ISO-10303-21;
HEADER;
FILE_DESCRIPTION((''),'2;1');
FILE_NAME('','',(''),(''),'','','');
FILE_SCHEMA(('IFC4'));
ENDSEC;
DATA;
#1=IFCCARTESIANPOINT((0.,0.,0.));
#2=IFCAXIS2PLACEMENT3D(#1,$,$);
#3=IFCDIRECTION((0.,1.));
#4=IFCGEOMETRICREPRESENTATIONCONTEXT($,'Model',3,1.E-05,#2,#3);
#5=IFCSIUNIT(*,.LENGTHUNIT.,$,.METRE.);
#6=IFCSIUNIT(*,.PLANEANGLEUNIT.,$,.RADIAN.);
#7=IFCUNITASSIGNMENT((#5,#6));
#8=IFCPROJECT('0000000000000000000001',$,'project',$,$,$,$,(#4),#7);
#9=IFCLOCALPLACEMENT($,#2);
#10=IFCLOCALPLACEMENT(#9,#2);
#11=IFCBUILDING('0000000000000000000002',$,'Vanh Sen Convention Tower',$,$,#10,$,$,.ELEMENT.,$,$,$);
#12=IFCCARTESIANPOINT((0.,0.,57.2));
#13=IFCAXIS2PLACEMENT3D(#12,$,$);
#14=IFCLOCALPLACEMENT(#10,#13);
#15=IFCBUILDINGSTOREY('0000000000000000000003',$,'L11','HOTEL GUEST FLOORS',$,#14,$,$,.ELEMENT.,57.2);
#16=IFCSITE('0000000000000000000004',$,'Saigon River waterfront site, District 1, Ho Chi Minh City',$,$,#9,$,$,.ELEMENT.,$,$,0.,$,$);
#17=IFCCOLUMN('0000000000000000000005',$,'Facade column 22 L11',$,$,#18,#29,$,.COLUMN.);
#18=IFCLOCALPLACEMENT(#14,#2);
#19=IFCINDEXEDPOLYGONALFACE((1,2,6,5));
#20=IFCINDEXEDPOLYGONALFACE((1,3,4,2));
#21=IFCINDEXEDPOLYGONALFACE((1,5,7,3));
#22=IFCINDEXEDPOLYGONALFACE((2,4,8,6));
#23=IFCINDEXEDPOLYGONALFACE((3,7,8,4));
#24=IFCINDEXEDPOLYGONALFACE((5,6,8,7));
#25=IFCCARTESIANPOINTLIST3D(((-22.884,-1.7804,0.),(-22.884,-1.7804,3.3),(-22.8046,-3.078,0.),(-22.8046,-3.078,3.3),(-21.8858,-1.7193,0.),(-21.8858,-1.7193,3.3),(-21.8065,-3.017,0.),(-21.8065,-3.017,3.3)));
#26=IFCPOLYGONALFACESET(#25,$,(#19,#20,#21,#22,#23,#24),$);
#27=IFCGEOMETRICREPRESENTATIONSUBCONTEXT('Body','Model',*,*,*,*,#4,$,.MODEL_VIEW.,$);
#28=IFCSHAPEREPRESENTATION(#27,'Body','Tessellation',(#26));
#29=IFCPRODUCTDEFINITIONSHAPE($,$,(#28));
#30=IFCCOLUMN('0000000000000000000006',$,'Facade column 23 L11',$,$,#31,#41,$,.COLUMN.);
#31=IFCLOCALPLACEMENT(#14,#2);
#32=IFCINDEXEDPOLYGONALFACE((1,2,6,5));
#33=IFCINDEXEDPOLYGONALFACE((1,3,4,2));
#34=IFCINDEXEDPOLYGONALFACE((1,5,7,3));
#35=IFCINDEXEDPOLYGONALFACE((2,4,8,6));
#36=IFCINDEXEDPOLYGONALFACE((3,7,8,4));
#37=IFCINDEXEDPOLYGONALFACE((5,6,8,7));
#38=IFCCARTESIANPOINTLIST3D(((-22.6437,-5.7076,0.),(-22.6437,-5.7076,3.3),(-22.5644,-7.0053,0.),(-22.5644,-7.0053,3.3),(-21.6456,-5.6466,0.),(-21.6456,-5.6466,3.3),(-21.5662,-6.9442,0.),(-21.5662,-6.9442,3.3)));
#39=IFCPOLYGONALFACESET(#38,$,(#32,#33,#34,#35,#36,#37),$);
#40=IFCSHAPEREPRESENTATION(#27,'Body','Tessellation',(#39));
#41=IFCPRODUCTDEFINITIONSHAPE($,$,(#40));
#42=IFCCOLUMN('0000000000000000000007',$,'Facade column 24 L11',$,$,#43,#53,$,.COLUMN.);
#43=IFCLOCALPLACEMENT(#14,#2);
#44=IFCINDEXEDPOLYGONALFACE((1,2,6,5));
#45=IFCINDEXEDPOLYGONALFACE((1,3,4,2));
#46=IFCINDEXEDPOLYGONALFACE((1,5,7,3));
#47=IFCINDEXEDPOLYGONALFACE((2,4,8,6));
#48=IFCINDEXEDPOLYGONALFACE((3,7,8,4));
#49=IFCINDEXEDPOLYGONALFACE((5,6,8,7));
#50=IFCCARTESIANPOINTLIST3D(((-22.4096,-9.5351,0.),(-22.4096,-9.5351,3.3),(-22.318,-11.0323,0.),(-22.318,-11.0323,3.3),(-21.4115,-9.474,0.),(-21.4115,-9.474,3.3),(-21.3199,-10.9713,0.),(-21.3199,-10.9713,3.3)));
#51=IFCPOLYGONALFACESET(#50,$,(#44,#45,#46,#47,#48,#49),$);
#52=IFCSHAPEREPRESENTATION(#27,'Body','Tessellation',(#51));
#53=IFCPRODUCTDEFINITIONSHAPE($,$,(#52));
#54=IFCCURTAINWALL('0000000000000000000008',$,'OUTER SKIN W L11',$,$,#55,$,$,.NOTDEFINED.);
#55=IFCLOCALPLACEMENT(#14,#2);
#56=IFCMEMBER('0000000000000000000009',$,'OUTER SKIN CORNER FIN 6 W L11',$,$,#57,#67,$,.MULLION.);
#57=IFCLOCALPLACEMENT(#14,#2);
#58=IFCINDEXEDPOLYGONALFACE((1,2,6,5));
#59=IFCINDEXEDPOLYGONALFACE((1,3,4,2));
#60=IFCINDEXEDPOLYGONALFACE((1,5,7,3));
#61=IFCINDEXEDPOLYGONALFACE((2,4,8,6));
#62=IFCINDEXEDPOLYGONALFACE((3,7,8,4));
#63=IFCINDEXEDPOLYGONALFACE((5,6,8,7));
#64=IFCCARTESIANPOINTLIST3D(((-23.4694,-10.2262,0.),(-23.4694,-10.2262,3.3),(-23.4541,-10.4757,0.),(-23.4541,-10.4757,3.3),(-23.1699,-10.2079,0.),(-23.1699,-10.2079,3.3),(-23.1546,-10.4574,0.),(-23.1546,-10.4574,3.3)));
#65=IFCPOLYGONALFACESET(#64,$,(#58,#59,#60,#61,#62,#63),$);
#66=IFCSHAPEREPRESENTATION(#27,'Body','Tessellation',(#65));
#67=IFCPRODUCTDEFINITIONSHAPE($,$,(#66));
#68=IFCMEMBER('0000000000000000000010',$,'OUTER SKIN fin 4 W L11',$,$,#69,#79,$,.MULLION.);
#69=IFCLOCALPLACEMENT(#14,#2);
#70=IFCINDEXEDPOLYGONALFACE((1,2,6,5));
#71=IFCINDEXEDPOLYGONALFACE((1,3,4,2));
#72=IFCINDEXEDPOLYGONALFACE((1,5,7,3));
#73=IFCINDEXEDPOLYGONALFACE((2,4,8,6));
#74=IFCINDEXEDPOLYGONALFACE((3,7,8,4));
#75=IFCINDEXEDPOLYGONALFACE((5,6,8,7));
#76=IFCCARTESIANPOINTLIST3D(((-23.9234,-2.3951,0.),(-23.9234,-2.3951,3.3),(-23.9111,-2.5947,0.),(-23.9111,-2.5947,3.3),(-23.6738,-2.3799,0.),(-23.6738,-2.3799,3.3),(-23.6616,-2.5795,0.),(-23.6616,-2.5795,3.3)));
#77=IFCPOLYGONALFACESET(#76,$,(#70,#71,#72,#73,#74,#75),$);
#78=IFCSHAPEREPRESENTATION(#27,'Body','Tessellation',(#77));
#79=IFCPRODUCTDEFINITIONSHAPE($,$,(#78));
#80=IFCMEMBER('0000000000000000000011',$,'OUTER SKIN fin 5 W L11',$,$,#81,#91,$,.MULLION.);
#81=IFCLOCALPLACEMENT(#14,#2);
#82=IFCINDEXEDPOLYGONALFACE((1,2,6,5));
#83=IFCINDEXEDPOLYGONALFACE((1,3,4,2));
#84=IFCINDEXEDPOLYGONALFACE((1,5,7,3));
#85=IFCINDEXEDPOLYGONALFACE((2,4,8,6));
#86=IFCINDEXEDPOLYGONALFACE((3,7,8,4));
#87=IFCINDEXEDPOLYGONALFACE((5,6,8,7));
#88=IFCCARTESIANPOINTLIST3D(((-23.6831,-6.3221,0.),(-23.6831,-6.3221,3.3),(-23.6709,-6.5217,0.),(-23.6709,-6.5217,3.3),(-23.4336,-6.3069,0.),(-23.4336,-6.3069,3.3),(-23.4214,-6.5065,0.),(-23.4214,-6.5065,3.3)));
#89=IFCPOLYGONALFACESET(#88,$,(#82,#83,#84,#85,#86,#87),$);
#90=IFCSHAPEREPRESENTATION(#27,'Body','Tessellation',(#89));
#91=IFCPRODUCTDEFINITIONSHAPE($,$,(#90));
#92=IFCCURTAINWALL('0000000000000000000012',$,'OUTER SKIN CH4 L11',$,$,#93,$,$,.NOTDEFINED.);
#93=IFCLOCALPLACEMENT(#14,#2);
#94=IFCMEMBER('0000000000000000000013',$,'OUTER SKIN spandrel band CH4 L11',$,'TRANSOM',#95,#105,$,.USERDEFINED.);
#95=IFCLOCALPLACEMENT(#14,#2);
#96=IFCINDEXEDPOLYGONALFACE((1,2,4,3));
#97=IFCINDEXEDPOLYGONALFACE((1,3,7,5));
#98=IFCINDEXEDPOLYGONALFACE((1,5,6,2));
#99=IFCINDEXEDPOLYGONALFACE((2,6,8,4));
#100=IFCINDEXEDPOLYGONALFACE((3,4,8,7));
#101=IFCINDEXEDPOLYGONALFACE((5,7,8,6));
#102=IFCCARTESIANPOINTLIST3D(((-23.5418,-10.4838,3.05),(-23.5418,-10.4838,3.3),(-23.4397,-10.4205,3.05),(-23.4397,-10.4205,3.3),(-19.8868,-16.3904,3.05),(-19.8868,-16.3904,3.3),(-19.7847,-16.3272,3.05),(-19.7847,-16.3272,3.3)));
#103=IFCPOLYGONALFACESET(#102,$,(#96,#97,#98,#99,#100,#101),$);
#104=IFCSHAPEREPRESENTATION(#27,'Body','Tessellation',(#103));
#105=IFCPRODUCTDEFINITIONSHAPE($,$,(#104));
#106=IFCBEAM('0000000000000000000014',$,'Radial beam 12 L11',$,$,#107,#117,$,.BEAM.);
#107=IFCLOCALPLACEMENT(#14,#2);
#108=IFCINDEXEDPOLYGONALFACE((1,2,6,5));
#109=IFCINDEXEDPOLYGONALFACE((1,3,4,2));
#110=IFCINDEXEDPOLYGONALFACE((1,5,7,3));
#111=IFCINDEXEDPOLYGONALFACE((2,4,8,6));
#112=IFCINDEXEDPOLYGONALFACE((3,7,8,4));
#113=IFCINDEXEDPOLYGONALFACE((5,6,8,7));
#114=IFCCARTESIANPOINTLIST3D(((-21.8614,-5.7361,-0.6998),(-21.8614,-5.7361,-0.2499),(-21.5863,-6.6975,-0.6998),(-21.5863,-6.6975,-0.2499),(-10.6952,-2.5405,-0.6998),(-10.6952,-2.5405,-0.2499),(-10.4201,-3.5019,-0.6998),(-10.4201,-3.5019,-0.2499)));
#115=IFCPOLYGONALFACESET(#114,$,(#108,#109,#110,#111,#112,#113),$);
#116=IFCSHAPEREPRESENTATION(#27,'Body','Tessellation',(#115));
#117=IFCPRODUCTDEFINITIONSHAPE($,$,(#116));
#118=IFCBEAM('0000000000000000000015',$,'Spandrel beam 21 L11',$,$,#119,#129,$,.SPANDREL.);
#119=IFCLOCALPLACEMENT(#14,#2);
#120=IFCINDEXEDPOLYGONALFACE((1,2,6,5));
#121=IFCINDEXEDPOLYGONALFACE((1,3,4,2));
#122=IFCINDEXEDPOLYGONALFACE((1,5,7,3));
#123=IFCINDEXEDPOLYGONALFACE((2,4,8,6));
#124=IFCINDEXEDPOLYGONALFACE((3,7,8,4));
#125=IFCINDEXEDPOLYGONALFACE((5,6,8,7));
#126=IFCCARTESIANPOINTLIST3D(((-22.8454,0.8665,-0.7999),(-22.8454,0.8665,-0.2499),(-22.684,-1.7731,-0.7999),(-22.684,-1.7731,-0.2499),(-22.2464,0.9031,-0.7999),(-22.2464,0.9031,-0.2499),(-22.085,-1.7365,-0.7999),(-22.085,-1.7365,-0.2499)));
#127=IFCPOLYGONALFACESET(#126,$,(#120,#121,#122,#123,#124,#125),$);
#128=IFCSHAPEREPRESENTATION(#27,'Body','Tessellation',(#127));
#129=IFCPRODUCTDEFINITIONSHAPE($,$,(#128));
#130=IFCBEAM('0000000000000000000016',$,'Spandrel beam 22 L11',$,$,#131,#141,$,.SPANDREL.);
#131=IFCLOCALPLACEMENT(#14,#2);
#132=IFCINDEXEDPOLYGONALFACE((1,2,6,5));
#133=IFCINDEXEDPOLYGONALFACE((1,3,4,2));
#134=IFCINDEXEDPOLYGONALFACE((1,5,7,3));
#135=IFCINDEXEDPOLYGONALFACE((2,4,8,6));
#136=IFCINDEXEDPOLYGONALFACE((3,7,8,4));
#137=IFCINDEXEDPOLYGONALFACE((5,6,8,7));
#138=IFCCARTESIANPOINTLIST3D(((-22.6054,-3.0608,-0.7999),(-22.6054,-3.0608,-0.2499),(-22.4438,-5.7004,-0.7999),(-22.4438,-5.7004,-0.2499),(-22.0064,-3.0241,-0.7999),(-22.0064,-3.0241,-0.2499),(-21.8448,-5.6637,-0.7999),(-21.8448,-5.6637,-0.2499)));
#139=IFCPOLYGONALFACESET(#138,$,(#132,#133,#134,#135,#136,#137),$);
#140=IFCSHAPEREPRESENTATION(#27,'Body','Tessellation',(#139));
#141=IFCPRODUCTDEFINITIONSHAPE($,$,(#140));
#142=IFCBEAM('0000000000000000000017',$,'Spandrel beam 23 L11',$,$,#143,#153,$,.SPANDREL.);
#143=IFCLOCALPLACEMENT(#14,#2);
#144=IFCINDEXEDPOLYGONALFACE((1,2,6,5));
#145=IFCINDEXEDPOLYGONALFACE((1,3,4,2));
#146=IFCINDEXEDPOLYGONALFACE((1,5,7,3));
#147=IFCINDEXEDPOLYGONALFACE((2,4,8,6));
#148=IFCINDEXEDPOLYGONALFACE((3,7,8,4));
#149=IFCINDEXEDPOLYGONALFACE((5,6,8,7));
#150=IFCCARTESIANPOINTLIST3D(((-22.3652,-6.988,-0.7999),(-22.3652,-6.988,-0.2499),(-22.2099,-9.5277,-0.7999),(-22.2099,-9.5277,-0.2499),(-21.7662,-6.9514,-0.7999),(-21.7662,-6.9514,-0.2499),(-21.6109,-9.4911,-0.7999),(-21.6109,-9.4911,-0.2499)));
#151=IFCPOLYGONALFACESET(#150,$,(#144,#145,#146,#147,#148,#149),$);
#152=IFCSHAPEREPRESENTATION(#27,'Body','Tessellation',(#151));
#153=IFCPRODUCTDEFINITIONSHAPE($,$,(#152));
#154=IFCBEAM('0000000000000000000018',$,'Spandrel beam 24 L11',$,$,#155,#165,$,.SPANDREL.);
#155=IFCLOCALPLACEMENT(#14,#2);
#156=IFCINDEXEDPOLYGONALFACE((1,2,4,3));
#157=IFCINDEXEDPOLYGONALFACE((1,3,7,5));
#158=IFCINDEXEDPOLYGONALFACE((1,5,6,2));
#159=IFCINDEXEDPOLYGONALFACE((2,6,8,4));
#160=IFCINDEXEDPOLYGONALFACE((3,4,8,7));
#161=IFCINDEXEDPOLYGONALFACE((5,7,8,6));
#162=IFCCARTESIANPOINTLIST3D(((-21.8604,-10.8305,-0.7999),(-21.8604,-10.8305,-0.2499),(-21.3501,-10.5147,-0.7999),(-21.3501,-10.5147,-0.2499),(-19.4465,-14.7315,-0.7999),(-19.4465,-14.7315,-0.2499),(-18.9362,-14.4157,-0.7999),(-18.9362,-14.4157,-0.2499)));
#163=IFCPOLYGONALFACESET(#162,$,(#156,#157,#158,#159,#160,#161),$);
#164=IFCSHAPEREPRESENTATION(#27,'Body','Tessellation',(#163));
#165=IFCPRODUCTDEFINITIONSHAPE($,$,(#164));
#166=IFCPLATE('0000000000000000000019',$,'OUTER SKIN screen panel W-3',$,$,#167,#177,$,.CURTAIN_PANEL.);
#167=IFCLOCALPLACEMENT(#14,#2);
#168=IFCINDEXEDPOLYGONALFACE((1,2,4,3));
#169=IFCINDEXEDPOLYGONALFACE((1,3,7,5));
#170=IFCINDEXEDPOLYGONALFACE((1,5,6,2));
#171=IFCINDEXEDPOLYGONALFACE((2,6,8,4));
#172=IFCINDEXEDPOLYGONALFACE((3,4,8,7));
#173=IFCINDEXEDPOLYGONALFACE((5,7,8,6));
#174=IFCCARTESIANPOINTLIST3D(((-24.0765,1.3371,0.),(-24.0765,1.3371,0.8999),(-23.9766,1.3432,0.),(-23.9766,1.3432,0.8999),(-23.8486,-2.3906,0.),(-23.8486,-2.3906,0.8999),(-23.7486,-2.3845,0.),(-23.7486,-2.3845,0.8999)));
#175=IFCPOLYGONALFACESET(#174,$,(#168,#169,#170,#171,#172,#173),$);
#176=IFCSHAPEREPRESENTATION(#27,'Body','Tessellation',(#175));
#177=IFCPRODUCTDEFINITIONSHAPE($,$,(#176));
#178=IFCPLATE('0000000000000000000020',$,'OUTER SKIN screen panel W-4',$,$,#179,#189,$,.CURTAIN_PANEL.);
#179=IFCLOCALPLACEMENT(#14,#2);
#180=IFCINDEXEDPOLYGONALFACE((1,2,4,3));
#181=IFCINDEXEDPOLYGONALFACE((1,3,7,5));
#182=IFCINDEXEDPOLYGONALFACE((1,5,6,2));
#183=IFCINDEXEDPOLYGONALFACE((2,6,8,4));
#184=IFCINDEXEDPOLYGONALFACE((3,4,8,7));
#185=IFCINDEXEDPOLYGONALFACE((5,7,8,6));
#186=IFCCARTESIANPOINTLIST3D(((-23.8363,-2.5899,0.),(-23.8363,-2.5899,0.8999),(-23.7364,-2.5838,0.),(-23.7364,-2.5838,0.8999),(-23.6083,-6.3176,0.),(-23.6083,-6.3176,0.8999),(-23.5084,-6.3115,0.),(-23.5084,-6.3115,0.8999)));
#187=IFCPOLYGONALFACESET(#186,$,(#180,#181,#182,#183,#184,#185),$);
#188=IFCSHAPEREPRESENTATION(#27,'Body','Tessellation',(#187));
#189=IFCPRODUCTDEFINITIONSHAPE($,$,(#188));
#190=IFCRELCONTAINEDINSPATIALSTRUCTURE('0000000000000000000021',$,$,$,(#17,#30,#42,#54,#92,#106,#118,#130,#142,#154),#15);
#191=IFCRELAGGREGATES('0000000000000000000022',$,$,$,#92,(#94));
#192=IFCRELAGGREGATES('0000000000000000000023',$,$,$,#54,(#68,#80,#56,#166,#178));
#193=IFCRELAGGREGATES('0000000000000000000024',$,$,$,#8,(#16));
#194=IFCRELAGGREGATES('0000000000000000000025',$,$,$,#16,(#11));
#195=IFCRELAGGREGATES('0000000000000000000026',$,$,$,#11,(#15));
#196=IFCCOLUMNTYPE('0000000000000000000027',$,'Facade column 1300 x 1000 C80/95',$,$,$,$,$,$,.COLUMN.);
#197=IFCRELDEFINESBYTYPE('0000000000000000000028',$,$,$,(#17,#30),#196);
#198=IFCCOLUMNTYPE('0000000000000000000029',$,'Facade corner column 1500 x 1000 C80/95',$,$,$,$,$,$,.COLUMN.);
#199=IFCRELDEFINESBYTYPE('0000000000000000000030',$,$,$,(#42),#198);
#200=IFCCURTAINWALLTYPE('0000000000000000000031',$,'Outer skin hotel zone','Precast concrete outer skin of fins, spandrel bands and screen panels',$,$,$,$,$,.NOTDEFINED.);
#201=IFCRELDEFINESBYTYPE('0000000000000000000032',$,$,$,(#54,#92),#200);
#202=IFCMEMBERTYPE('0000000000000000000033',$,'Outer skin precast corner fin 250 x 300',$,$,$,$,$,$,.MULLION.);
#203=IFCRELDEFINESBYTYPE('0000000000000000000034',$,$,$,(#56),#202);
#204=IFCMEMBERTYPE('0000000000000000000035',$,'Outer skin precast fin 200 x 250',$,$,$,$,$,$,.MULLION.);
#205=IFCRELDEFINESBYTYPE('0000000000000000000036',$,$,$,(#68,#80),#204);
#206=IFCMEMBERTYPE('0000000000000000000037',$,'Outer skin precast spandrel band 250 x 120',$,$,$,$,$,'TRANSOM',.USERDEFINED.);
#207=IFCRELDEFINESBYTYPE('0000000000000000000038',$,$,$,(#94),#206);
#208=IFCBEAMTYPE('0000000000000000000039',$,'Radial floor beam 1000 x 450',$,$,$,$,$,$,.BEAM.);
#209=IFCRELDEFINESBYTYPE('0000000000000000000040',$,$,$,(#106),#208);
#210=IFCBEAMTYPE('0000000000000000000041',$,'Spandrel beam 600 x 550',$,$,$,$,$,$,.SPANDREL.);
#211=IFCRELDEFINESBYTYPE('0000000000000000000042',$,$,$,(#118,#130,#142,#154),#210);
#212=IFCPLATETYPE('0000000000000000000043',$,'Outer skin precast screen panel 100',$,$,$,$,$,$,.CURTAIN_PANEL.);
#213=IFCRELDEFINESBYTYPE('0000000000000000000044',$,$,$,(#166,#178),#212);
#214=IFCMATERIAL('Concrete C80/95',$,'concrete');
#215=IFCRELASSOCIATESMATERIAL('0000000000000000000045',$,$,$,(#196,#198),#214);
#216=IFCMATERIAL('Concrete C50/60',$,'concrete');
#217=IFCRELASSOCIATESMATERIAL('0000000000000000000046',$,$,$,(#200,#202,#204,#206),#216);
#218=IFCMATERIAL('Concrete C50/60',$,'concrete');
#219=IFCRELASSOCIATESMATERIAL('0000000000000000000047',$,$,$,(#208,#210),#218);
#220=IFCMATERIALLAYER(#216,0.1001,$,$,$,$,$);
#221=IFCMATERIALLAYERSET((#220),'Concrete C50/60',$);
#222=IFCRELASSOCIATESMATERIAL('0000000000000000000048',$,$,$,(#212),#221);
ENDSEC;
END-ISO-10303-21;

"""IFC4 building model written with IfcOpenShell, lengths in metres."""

from ifc_helpers import new_model, si_unit, direction, frame, origin, origin_2d, place, context, subcontext, project, spatial, rectangle, extrude, material, layer, layer_set, material_profile, profile_set, type_object, element, aggregate, save


model = new_model("IFC4")

# Units and contexts
model_context = context("Model", 3, precision=1e-05, world=origin(), true_north=direction((0.0, 1.0)))
body_context = subcontext(model_context, "Body", "Model", "MODEL_VIEW")
ifc_project = project(units=[si_unit("LENGTHUNIT", "METRE"), si_unit("PLANEANGLEUNIT", "RADIAN")], contexts=[model_context])

# Site, building, storey
site_placement = place(None, origin())
site = spatial("IfcSite", under=ifc_project, at=site_placement, Name="Saigon River waterfront site, District 1, Ho Chi Minh City", CompositionType="ELEMENT", RefElevation=0.0)
building_placement = place(site_placement, origin())
building = spatial("IfcBuilding", under=site, at=building_placement, Name="Vanh Sen Convention Tower", CompositionType="ELEMENT")
storey_placement = place(building_placement, frame((0.0, 0.0, 57.2)))
storey = spatial("IfcBuildingStorey", under=building, at=storey_placement, Name="L11", Description="HOTEL GUEST FLOORS", CompositionType="ELEMENT", Elevation=57.2)

# Columns
ifc_material_1 = material(Name="Concrete C80/95", Category="concrete")
ifc_material_profile_1 = material_profile(ifc_material_1, rectangle(XDim=1.3, YDim=1.0, at=origin_2d()), Name="RC 1300X1000")
ifc_profile_set_1 = profile_set([ifc_material_profile_1], Name="Concrete C80/95")
column_type_1 = type_object("IfcColumnType", Name="Facade column 1300 x 1000 C80/95", PredefinedType="COLUMN", material=ifc_profile_set_1)
for number, where, z_axis, x_axis, name in (
    (1, (-22.3452, -2.3987, 0.0), (0.0, 0.0, 1.0), (0.061049, -0.998135, 0.0), "Facade column 22 L11"),
    (2, (-22.105, -6.3259, 0.0), (0.0, 0.0, 1.0), (0.061049, -0.998135, 0.0), "Facade column 23 L11"),
):
    element("IfcColumn", number, at=place(storey_placement, frame(where, z_axis=z_axis, x_axis=x_axis)), inside=storey, type_object=column_type_1, Name=name, PredefinedType="COLUMN", context=body_context, shape_type="SweptSolid", body=[
        extrude(rectangle(XDim=1.3, YDim=1.0, at=origin_2d()), origin(), (0.0, 0.0, 1.0), 3.3),
    ])
ifc_material_profile_2 = material_profile(ifc_material_1, rectangle(XDim=1.5, YDim=1.0, at=origin_2d()), Name="RC 1500X1000")
ifc_profile_set_2 = profile_set([ifc_material_profile_2], Name="Concrete C80/95")
column_type_2 = type_object("IfcColumnType", Name="Facade corner column 1500 x 1000 C80/95", PredefinedType="COLUMN", material=ifc_profile_set_2)
column_placement = place(storey_placement, frame((-21.8647, -10.2532, 0.0), z_axis=(0.0, 0.0, 1.0), x_axis=(0.061049, -0.998135, 0.0)))
element("IfcColumn", 3, at=column_placement, inside=storey, type_object=column_type_2, Name="Facade column 24 L11", PredefinedType="COLUMN", context=body_context, shape_type="SweptSolid", body=[
    extrude(rectangle(XDim=1.5, YDim=1.0, at=origin_2d()), origin(), (0.0, 0.0, 1.0), 3.3),
])

# Curtain wall, members
ifc_material_2 = material(Name="Concrete C50/60", Category="concrete")
curtain_wall_type = type_object("IfcCurtainWallType", Name="Outer skin hotel zone", Description="Precast concrete outer skin of fins, spandrel bands and screen panels", PredefinedType="NOTDEFINED", material=ifc_material_2)
curtain_wall_1_placement = place(storey_placement, origin())
curtain_wall_1 = element("IfcCurtainWall", 4, at=curtain_wall_1_placement, inside=storey, type_object=curtain_wall_type, Name="OUTER SKIN W L11", PredefinedType="NOTDEFINED")
ifc_material_profile_3 = material_profile(ifc_material_2, rectangle(XDim=0.25, YDim=0.3, at=origin_2d()), Name="Outer skin precast corner fin 250 x 300")
ifc_profile_set_3 = profile_set([ifc_material_profile_3], Name="Concrete C50/60")
member_type_1 = type_object("IfcMemberType", Name="Outer skin precast corner fin 250 x 300", PredefinedType="MULLION", material=ifc_profile_set_3)
member_1_placement = place(storey_placement, frame((-23.312, -10.3418, 0.0), z_axis=(0.0, 0.0, 1.0), x_axis=(0.061049, -0.998135, 0.0)))
member_1 = element("IfcMember", 5, at=member_1_placement, type_object=member_type_1, Name="OUTER SKIN CORNER FIN 6 W L11", PredefinedType="MULLION", context=body_context, shape_type="SweptSolid", body=[
    extrude(rectangle(XDim=0.25, YDim=0.3, at=origin_2d()), origin(), (0.0, 0.0, 1.0), 3.3),
])
ifc_material_profile_4 = material_profile(ifc_material_2, rectangle(XDim=0.2, YDim=0.25, at=origin_2d()), Name="Outer skin precast fin 200 x 250")
ifc_profile_set_4 = profile_set([ifc_material_profile_4], Name="Concrete C50/60")
member_type_2 = type_object("IfcMemberType", Name="Outer skin precast fin 200 x 250", PredefinedType="MULLION", material=ifc_profile_set_4)
member_2_placement = place(storey_placement, frame((-23.7925, -2.4873, 0.0), z_axis=(0.0, 0.0, 1.0), x_axis=(0.061049, -0.998135, 0.0)))
member_2 = element("IfcMember", 6, at=member_2_placement, type_object=member_type_2, Name="OUTER SKIN fin 4 W L11", PredefinedType="MULLION", context=body_context, shape_type="SweptSolid", body=[
    extrude(rectangle(XDim=0.2, YDim=0.25, at=origin_2d()), origin(), (0.0, 0.0, 1.0), 3.3),
])
member_3_placement = place(storey_placement, frame((-23.5522, -6.4143, 0.0), z_axis=(0.0, 0.0, 1.0), x_axis=(0.061049, -0.998135, 0.0)))
member_3 = element("IfcMember", 7, at=member_3_placement, type_object=member_type_2, Name="OUTER SKIN fin 5 W L11", PredefinedType="MULLION", context=body_context, shape_type="SweptSolid", body=[
    extrude(rectangle(XDim=0.2, YDim=0.25, at=origin_2d()), origin(), (0.0, 0.0, 1.0), 3.3),
])

# Curtain wall, member
curtain_wall_2_placement = place(storey_placement, origin())
curtain_wall_2 = element("IfcCurtainWall", 8, at=curtain_wall_2_placement, inside=storey, type_object=curtain_wall_type, Name="OUTER SKIN CH4 L11", PredefinedType="NOTDEFINED")
ifc_material_profile_5 = material_profile(ifc_material_2, rectangle(XDim=0.1201, YDim=0.25, at=origin_2d()), Name="Outer skin precast spandrel band 250 x 120")
ifc_profile_set_5 = profile_set([ifc_material_profile_5], Name="Concrete C50/60")
member_type_3 = type_object("IfcMemberType", Name="Outer skin precast spandrel band 250 x 120", ElementType="TRANSOM", PredefinedType="USERDEFINED", material=ifc_profile_set_5)
member_4_placement = place(storey_placement, frame((-23.4907, -10.4521, 3.175), z_axis=(0.526196, -0.850363, 0.0), x_axis=(0.850363, 0.526196, 0.0)))
member_4 = element("IfcMember", 9, at=member_4_placement, type_object=member_type_3, Name="OUTER SKIN spandrel band CH4 L11", ObjectType="TRANSOM", PredefinedType="USERDEFINED", context=body_context, shape_type="SweptSolid", body=[
    extrude(rectangle(XDim=0.1201, YDim=0.25, at=origin_2d()), origin(), (0.0, 0.0, 1.0), 6.946),
])
aggregate(curtain_wall_2, [member_4])

# Beams
ifc_material_3 = material(Name="Concrete C50/60", Category="concrete")
ifc_material_profile_6 = material_profile(ifc_material_3, rectangle(XDim=1.0, YDim=0.45, at=origin_2d()), Name="RC 1000X450")
ifc_profile_set_6 = profile_set([ifc_material_profile_6], Name="Concrete C50/60")
beam_type_1 = type_object("IfcBeamType", Name="Radial floor beam 1000 x 450", PredefinedType="BEAM", material=ifc_profile_set_6)
beam_1_placement = place(storey_placement, frame((-21.7239, -6.2168, -0.4749), z_axis=(0.961406, 0.275135, 0.0), x_axis=(-0.275135, 0.961406, 0.0)))
element("IfcBeam", 10, at=beam_1_placement, inside=storey, type_object=beam_type_1, Name="Radial beam 12 L11", PredefinedType="BEAM", context=body_context, shape_type="SweptSolid", body=[
    extrude(rectangle(XDim=1.0, YDim=0.45, at=origin_2d()), origin(), (0.0, 0.0, 1.0), 11.6145),
])
ifc_material_profile_7 = material_profile(ifc_material_3, rectangle(XDim=0.6001, YDim=0.55, at=origin_2d()), Name="RC 600X550")
ifc_profile_set_7 = profile_set([ifc_material_profile_7], Name="Concrete C50/60")
beam_type_2 = type_object("IfcBeamType", Name="Spandrel beam 600 x 550", PredefinedType="SPANDREL", material=ifc_profile_set_7)
for number, where, z_axis, x_axis, name in (
    (11, (-22.5459, 0.8848, -0.5249), (0.061022, -0.998136, 0.0), (0.998136, 0.061022, 0.0), "Spandrel beam 21 L11"),
    (12, (-22.3059, -3.0425, -0.5249), (0.061114, -0.998131, 0.0), (0.998131, 0.061114, 0.0), "Spandrel beam 22 L11"),
):
    element("IfcBeam", number, at=place(storey_placement, frame(where, z_axis=z_axis, x_axis=x_axis)), inside=storey, type_object=beam_type_2, Name=name, PredefinedType="SPANDREL", context=body_context, shape_type="SweptSolid", body=[
        extrude(rectangle(XDim=0.6001, YDim=0.55, at=origin_2d()), origin(), (0.0, 0.0, 1.0), 2.6445),
    ])
beam_2_placement = place(storey_placement, frame((-22.0657, -6.9697, -0.5249), z_axis=(0.061022, -0.998136, 0.0), x_axis=(0.998136, 0.061022, 0.0)))
element("IfcBeam", 13, at=beam_2_placement, inside=storey, type_object=beam_type_2, Name="Spandrel beam 23 L11", PredefinedType="SPANDREL", context=body_context, shape_type="SweptSolid", body=[
    extrude(rectangle(XDim=0.6001, YDim=0.55, at=origin_2d()), origin(), (0.0, 0.0, 1.0), 2.5444),
])
beam_3_placement = place(storey_placement, frame((-21.6052, -10.6726, -0.5249), z_axis=(0.526195, -0.850364, 0.0), x_axis=(0.850364, 0.526195, 0.0)))
element("IfcBeam", 14, at=beam_3_placement, inside=storey, type_object=beam_type_2, Name="Spandrel beam 24 L11", PredefinedType="SPANDREL", context=body_context, shape_type="SweptSolid", body=[
    extrude(rectangle(XDim=0.6001, YDim=0.55, at=origin_2d()), origin(), (0.0, 0.0, 1.0), 4.5874),
])

# Plates
ifc_layer_1 = layer(ifc_material_2, 0.1001)
ifc_layer_set_1 = layer_set([ifc_layer_1], Name="Concrete C50/60")
plate_type = type_object("IfcPlateType", Name="Outer skin precast screen panel 100", PredefinedType="CURTAIN_PANEL", material=ifc_layer_set_1)
plate_1_placement = place(storey_placement, frame((-23.9126, -0.5237, 0.0), z_axis=(0.0, 0.0, 1.0), x_axis=(0.061047, -0.998135, 0.0)))
plate_1 = element("IfcPlate", 15, at=plate_1_placement, type_object=plate_type, Name="OUTER SKIN screen panel W-3", PredefinedType="CURTAIN_PANEL", context=body_context, shape_type="SweptSolid", body=[
    extrude(rectangle(XDim=3.7346, YDim=0.1001, at=origin_2d()), origin(), (0.0, 0.0, 1.0), 0.8999),
])
plate_2_placement = place(storey_placement, frame((-23.6724, -4.4507, 0.0), z_axis=(0.0, 0.0, 1.0), x_axis=(0.061049, -0.998135, 0.0)))
plate_2 = element("IfcPlate", 16, at=plate_2_placement, type_object=plate_type, Name="OUTER SKIN screen panel W-4", PredefinedType="CURTAIN_PANEL", context=body_context, shape_type="SweptSolid", body=[
    extrude(rectangle(XDim=3.7346, YDim=0.1001, at=origin_2d()), origin(), (0.0, 0.0, 1.0), 0.8999),
])
aggregate(curtain_wall_1, [member_2, member_3, member_1, plate_1, plate_2])

save(model, "model.ifc")
